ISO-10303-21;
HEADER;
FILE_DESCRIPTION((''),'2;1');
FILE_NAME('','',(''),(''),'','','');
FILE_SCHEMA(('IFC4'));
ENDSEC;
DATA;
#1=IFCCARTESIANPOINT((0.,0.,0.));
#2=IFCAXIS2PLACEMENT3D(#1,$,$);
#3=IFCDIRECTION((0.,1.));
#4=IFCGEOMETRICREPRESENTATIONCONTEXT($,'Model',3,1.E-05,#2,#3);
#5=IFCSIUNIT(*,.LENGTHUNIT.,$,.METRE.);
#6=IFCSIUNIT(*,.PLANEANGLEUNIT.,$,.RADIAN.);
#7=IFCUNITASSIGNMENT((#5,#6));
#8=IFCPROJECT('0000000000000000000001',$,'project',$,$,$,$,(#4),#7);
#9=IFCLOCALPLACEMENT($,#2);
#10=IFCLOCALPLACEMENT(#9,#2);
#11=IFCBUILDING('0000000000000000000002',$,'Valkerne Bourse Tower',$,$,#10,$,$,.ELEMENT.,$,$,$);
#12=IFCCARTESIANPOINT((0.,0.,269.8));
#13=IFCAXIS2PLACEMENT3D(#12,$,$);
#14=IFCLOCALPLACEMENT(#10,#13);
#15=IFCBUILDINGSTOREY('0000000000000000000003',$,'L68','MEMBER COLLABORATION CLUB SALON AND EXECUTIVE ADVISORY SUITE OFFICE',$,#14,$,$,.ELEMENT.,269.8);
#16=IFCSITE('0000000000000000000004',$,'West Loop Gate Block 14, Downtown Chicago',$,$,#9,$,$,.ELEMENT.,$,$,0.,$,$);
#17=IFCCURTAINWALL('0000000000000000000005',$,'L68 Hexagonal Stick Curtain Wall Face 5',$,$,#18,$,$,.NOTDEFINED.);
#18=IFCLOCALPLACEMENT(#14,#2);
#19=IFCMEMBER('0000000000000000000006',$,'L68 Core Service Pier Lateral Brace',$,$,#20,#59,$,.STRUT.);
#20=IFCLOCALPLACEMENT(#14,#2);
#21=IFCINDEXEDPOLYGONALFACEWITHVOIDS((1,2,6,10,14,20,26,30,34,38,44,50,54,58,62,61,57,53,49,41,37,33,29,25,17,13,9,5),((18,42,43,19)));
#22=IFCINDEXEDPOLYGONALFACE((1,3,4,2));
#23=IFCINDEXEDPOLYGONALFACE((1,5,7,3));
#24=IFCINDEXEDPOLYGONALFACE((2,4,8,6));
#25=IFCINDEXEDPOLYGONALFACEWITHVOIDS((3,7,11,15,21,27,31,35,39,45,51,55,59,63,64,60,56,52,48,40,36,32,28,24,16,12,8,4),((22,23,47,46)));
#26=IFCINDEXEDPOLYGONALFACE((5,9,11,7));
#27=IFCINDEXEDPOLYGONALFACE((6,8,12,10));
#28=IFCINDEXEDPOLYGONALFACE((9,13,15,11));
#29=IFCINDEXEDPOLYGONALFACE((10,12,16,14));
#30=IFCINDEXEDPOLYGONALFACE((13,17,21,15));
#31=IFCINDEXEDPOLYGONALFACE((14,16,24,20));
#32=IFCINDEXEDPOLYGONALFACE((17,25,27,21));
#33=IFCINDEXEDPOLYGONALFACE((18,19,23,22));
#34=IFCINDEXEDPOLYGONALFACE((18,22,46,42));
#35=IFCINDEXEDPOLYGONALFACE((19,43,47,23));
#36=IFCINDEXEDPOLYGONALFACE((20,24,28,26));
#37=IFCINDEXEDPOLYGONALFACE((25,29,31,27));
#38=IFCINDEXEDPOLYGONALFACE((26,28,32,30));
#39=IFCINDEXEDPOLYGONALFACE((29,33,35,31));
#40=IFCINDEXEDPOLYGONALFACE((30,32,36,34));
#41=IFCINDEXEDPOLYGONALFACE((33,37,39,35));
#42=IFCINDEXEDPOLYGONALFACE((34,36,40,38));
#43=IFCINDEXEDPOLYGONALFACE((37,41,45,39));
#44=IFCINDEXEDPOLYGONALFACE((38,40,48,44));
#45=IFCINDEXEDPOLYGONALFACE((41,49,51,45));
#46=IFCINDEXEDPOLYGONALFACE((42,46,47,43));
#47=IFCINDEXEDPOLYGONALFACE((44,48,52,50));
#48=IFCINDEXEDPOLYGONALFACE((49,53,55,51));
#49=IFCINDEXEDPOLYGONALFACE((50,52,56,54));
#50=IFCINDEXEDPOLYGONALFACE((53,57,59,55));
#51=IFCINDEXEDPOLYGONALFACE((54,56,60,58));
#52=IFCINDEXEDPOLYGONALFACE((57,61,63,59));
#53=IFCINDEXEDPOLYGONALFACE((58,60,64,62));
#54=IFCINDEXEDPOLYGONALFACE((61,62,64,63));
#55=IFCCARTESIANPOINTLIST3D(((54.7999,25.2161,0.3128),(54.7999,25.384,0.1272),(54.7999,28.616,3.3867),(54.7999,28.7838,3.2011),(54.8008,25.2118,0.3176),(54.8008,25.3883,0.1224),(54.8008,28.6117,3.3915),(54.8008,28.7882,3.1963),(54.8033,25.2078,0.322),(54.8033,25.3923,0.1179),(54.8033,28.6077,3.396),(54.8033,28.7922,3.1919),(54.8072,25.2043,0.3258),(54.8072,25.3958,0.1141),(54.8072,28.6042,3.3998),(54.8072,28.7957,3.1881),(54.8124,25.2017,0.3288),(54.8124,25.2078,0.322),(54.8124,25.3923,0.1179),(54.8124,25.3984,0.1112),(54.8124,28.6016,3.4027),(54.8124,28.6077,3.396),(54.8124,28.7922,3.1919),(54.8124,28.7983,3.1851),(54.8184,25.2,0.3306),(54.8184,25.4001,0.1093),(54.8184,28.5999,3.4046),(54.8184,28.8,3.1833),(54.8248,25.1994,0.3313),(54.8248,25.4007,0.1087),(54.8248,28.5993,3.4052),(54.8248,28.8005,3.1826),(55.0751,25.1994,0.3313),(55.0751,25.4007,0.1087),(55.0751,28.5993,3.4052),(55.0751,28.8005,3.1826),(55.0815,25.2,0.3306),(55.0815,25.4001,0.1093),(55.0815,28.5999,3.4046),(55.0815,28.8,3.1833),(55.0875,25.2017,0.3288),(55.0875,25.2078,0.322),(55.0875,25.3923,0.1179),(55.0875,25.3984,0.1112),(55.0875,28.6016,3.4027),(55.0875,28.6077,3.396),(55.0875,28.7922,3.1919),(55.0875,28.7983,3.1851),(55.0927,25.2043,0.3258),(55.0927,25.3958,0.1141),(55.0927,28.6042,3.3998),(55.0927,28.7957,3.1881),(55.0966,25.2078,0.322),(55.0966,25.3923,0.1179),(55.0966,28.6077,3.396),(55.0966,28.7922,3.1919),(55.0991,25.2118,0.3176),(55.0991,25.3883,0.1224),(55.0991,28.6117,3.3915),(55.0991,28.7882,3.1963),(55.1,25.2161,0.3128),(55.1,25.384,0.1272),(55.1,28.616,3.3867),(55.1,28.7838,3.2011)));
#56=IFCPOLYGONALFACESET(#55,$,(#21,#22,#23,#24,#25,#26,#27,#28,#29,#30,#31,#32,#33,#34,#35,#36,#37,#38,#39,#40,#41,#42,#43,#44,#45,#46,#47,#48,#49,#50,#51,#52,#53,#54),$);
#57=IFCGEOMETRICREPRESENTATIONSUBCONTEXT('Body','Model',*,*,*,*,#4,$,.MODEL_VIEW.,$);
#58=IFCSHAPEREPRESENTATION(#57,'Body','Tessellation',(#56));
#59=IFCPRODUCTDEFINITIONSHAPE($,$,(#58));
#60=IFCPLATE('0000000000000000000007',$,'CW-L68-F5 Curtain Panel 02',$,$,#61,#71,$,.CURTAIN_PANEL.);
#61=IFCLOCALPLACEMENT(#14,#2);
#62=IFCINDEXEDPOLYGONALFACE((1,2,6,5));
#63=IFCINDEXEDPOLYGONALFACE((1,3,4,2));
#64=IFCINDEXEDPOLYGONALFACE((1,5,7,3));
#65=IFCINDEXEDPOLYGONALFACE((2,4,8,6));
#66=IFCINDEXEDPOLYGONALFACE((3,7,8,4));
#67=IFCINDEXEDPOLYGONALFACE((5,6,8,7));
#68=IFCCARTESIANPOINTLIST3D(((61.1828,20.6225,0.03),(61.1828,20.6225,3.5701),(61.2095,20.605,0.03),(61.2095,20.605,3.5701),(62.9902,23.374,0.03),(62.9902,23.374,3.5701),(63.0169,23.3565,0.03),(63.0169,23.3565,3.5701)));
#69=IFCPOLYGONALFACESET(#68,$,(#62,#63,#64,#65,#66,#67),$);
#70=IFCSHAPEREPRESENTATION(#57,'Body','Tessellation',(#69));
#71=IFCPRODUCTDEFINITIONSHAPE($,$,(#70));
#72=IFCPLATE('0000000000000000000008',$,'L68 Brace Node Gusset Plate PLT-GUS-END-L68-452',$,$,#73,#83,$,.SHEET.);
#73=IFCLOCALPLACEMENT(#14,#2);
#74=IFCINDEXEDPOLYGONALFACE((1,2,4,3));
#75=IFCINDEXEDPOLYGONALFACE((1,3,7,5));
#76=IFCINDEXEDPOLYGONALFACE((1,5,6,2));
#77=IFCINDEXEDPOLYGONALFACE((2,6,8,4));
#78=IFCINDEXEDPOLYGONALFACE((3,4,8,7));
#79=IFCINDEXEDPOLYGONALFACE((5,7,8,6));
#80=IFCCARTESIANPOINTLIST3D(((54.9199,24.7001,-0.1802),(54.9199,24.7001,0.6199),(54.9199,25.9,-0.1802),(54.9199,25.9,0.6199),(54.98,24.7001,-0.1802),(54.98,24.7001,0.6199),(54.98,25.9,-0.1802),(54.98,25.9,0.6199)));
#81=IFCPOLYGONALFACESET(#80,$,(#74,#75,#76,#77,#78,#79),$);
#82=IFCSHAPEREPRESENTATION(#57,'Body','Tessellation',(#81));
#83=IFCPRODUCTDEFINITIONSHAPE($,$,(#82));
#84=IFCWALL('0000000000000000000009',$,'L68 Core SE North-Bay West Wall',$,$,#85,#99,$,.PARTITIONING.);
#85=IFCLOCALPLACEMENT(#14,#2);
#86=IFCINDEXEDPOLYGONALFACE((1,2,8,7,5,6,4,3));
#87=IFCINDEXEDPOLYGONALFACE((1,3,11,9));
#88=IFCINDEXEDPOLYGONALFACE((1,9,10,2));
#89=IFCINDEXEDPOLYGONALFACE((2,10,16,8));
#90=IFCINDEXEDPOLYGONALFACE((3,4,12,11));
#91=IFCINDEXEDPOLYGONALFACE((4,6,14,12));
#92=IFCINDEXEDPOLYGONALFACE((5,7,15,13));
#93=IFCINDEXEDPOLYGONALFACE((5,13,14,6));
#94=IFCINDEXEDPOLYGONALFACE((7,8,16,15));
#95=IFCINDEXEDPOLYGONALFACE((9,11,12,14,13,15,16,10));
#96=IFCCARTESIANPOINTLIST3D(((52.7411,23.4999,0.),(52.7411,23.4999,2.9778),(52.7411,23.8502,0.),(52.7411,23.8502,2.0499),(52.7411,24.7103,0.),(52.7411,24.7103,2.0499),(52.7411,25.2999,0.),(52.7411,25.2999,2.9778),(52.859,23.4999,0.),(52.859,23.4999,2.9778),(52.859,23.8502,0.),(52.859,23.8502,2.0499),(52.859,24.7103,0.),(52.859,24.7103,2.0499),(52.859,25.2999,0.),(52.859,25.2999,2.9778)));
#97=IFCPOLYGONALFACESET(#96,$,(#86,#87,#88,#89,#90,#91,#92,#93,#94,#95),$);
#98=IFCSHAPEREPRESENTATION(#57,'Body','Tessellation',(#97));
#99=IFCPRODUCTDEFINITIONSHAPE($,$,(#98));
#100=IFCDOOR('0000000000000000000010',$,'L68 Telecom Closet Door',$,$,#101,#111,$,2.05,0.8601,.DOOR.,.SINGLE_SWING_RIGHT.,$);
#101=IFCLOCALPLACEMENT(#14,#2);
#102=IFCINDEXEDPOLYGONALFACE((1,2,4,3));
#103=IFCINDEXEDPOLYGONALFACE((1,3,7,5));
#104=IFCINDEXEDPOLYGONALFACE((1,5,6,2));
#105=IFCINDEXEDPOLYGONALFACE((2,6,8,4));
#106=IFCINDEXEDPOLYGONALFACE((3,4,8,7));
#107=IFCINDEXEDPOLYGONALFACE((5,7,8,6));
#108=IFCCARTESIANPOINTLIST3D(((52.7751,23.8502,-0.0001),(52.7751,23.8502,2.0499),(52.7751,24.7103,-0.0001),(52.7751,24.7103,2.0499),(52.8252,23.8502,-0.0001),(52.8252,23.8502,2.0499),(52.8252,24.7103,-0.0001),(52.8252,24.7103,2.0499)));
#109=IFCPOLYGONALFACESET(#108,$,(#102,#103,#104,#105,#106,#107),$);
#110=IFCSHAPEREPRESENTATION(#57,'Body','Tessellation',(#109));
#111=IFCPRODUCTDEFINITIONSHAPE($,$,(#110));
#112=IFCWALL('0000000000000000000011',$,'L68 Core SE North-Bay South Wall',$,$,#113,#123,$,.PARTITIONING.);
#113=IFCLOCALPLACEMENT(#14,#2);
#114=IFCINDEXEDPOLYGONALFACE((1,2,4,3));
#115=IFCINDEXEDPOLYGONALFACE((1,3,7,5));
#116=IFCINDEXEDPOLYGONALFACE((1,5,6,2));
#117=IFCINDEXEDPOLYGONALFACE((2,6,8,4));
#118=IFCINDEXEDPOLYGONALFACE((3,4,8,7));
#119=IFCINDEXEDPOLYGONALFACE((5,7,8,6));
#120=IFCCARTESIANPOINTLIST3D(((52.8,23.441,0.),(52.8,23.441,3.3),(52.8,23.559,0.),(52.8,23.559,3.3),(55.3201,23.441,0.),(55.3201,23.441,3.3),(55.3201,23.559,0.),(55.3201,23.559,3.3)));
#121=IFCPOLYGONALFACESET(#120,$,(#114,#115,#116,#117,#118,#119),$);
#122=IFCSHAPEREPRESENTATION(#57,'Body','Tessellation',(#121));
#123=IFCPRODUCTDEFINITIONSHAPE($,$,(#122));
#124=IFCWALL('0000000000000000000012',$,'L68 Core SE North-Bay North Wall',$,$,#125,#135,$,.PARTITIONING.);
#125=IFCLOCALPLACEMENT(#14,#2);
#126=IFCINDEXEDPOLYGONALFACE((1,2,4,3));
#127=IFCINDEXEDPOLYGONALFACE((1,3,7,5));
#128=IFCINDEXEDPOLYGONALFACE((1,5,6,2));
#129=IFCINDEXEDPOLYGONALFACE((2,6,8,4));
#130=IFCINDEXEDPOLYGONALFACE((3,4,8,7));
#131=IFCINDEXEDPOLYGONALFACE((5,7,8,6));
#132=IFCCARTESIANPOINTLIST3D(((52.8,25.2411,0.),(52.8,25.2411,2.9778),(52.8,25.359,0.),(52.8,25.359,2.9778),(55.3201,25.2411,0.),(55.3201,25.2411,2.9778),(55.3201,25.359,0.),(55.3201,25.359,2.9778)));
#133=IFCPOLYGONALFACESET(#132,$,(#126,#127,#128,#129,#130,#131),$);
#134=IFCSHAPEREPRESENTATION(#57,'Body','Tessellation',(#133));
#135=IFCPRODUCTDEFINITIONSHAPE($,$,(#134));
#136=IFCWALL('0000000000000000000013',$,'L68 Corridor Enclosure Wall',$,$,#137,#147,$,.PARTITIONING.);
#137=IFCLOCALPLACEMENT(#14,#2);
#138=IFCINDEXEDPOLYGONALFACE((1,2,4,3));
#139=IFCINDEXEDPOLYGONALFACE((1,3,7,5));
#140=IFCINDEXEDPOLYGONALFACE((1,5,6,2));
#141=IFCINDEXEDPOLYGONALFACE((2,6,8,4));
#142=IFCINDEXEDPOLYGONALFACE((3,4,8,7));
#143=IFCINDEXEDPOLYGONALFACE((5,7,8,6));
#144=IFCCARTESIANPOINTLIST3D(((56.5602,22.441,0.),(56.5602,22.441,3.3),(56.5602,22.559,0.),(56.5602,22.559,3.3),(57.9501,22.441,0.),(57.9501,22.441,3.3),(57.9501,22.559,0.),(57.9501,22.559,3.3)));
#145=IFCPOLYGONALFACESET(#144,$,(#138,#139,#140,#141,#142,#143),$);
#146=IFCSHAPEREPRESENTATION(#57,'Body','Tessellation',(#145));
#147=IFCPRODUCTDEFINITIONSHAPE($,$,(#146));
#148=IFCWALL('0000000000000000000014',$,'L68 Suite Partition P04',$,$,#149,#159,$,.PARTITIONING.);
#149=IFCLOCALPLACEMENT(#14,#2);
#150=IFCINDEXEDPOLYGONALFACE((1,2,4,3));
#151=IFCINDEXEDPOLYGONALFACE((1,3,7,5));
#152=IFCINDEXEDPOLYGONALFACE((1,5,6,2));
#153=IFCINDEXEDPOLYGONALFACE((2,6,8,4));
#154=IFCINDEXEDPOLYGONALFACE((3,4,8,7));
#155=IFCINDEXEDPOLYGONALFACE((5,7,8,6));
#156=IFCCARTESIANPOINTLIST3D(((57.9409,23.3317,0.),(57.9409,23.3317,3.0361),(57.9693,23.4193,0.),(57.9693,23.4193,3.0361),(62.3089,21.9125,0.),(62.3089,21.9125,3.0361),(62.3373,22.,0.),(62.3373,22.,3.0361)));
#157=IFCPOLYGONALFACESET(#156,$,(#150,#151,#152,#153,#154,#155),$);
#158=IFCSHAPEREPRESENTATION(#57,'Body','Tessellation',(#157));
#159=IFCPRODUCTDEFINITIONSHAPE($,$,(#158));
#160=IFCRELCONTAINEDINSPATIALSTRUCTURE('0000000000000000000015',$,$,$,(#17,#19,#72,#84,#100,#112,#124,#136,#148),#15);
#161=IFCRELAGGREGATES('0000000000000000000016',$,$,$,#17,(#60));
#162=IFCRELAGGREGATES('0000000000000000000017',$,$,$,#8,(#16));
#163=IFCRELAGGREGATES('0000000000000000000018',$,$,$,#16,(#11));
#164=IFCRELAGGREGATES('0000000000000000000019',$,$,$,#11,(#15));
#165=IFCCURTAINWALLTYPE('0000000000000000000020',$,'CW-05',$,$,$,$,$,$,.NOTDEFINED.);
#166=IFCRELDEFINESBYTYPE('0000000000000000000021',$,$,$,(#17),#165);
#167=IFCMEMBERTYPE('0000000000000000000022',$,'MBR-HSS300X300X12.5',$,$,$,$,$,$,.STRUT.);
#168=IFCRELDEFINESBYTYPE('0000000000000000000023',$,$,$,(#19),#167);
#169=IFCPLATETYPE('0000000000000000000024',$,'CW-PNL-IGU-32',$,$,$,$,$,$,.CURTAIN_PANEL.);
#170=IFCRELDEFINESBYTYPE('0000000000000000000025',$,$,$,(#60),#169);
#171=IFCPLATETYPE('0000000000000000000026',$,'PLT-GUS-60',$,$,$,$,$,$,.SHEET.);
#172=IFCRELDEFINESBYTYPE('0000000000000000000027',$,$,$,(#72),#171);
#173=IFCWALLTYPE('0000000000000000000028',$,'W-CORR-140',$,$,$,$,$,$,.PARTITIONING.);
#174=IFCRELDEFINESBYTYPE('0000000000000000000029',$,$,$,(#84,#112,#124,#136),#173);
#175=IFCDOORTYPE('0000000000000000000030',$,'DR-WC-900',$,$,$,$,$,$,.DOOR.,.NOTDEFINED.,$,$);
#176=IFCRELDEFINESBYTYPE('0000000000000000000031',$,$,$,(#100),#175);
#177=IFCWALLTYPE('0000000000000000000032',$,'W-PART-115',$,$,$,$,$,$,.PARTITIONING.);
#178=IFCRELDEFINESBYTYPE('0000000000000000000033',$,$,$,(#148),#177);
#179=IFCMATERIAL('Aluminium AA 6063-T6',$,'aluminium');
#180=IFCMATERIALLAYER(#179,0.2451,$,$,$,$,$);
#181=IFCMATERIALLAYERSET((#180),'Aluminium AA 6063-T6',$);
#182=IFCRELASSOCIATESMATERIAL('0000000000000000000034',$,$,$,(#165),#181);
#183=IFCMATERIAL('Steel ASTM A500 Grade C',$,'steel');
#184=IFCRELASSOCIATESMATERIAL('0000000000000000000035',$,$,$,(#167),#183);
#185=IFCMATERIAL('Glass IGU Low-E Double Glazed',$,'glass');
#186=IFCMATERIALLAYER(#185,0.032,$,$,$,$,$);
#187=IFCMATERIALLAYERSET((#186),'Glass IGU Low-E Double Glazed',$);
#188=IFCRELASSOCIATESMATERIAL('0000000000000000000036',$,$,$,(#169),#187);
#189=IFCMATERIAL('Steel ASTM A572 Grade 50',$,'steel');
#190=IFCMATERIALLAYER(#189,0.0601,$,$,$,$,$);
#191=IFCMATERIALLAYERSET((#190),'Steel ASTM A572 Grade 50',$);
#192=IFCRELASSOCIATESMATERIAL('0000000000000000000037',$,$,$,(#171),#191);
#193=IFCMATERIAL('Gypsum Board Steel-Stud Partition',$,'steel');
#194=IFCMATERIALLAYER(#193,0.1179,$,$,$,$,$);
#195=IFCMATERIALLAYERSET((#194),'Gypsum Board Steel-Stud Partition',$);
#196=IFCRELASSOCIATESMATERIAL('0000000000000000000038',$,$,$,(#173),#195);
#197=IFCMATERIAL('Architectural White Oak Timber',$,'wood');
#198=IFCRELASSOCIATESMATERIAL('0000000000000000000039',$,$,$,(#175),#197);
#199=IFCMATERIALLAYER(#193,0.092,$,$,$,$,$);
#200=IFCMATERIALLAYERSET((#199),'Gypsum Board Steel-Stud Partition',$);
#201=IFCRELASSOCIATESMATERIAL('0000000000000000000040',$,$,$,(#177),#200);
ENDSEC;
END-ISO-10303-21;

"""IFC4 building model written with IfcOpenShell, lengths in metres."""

from ifc_helpers import new_model, si_unit, direction, frame, frame_2d, origin, origin_2d, place, context, subcontext, project, spatial, rectangle, hollow_rectangle, extrude, material, layer, layer_set, material_profile, profile_set, type_object, element, fill, aggregate, save


model = new_model("IFC4")

# Units and contexts
model_context = context("Model", 3, precision=1e-05, world=origin(), true_north=direction((0.0, 1.0)))
body_context = subcontext(model_context, "Body", "Model", "MODEL_VIEW")
ifc_project = project(units=[si_unit("LENGTHUNIT", "METRE"), si_unit("PLANEANGLEUNIT", "RADIAN")], contexts=[model_context])

# Site, building, storey
site_placement = place(None, origin())
site = spatial("IfcSite", under=ifc_project, at=site_placement, Name="West Loop Gate Block 14, Downtown Chicago", CompositionType="ELEMENT", RefElevation=0.0)
building_placement = place(site_placement, origin())
building = spatial("IfcBuilding", under=site, at=building_placement, Name="Valkerne Bourse Tower", CompositionType="ELEMENT")
storey_placement = place(building_placement, frame((0.0, 0.0, 269.8)))
storey = spatial("IfcBuildingStorey", under=building, at=storey_placement, Name="L68", Description="MEMBER COLLABORATION CLUB SALON AND EXECUTIVE ADVISORY SUITE OFFICE", CompositionType="ELEMENT", Elevation=269.8)

# Shared definitions
ifc_material_1 = material(Name="Steel ASTM A500 Grade C", Category="steel")

# Curtain wall
ifc_material_2 = material(Name="Aluminium AA 6063-T6", Category="aluminium")
ifc_layer_1 = layer(ifc_material_2, 0.2451)
ifc_layer_set_1 = layer_set([ifc_layer_1], Name="Aluminium AA 6063-T6")
curtain_wall_type = type_object("IfcCurtainWallType", Name="CW-05", PredefinedType="NOTDEFINED", material=ifc_layer_set_1)
curtain_wall_placement = place(storey_placement, origin())
curtain_wall = element("IfcCurtainWall", 1, at=curtain_wall_placement, inside=storey, type_object=curtain_wall_type, Name="L68 Hexagonal Stick Curtain Wall Face 5", PredefinedType="NOTDEFINED")

# Member
ifc_material_profile_1 = material_profile(ifc_material_1, hollow_rectangle(XDim=0.3, YDim=0.3, WallThickness=0.0125, OuterFilletRadius=0.0249, at=origin_2d()), Name="HSS300X300X12.5")
ifc_profile_set_1 = profile_set([ifc_material_profile_1], Name="Steel ASTM A500 Grade C")
member_type_1 = type_object("IfcMemberType", Name="MBR-HSS300X300X12.5", PredefinedType="STRUT", material=ifc_profile_set_1)
member_1_placement = place(storey_placement, frame((54.95, 25.3, 0.22), z_axis=(0.0, 0.741767, 0.670658), x_axis=(-1.0, 0.0, 0.0)))
element("IfcMember", 2, at=member_1_placement, inside=storey, type_object=member_type_1, Name="L68 Core Service Pier Lateral Brace", PredefinedType="STRUT", context=body_context, shape_type="SweptSolid", body=[
    extrude(hollow_rectangle(XDim=0.3, YDim=0.3, WallThickness=0.0125, OuterFilletRadius=0.0249, at=origin_2d()), origin(), (0.0, 0.0, 1.0), 4.5835),
])

# Plates
ifc_material_3 = material(Name="Glass IGU Low-E Double Glazed", Category="glass")
ifc_layer_2 = layer(ifc_material_3, 0.032)
ifc_layer_set_2 = layer_set([ifc_layer_2], Name="Glass IGU Low-E Double Glazed")
plate_type_1 = type_object("IfcPlateType", Name="CW-PNL-IGU-32", PredefinedType="CURTAIN_PANEL", material=ifc_layer_set_2)
plate_1_placement = place(storey_placement, frame((62.0999, 21.9895, 0.03), z_axis=(0.0, 0.0, 1.0), x_axis=(0.549011, 0.835815, 0.0)))
plate_1 = element("IfcPlate", 3, at=plate_1_placement, type_object=plate_type_1, Name="CW-L68-F5 Curtain Panel 02", PredefinedType="CURTAIN_PANEL", context=body_context, shape_type="SweptSolid", body=[
    extrude(rectangle(XDim=3.292, YDim=0.032, at=origin_2d()), origin(), (0.0, 0.0, 1.0), 3.54),
])
aggregate(curtain_wall, [plate_1])
ifc_material_4 = material(Name="Steel ASTM A572 Grade 50", Category="steel")
ifc_layer_3 = layer(ifc_material_4, 0.0601)
ifc_layer_set_3 = layer_set([ifc_layer_3], Name="Steel ASTM A572 Grade 50")
plate_type_2 = type_object("IfcPlateType", Name="PLT-GUS-60", PredefinedType="SHEET", material=ifc_layer_set_3)
plate_2_placement = place(storey_placement, frame((54.95, 25.3, -0.1802), z_axis=(0.0, 0.0, 1.0), x_axis=(0.0, 1.0, 0.0)))
element("IfcPlate", 4, at=plate_2_placement, inside=storey, type_object=plate_type_2, Name="L68 Brace Node Gusset Plate PLT-GUS-END-L68-452", PredefinedType="SHEET", context=body_context, shape_type="SweptSolid", body=[
    extrude(rectangle(XDim=1.2, YDim=0.0601, at=origin_2d()), origin(), (0.0, 0.0, 1.0), 0.8),
])

# Wall, opening, door
ifc_material_5 = material(Name="Gypsum Board Steel-Stud Partition", Category="steel")
ifc_layer_4 = layer(ifc_material_5, 0.1179)
ifc_layer_set_4 = layer_set([ifc_layer_4], Name="Gypsum Board Steel-Stud Partition")
wall_type_1 = type_object("IfcWallType", Name="W-CORR-140", PredefinedType="PARTITIONING", material=ifc_layer_set_4)
wall_1_placement = place(storey_placement, frame((52.8, 23.5, 0.0), z_axis=(0.0, 0.0, 1.0), x_axis=(0.0, 1.0, 0.0)))
wall_1 = element("IfcWall", 5, at=wall_1_placement, inside=storey, type_object=wall_type_1, Name="L68 Core SE North-Bay West Wall", PredefinedType="PARTITIONING", context=body_context, shape_type="SweptSolid", body=[
    extrude(rectangle(XDim=1.8, YDim=0.1179, at=frame_2d((0.8999, 0.0))), origin(), (0.0, 0.0, 1.0), 2.9778),
])
opening_placement = place(wall_1_placement, frame((0.3501, 0.0, 0.0)))
opening = element("IfcOpeningElement", 6, at=opening_placement, cuts=wall_1, PredefinedType="OPENING", context=body_context, shape_type="SweptSolid", body=[
    extrude(rectangle(XDim=0.8601, YDim=2.05, at=frame_2d((0.4302, 1.0249))), frame((0.0, 0.0688, 0.0), z_axis=(0.0, -1.0, 0.0), x_axis=(1.0, 0.0, 0.0)), (0.0, 0.0, 1.0), 0.1379),
])
ifc_material_6 = material(Name="Architectural White Oak Timber", Category="wood")
door_type = type_object("IfcDoorType", Name="DR-WC-900", OperationType="NOTDEFINED", PredefinedType="DOOR", material=ifc_material_6)
door_placement = place(opening_placement, origin())
door = element("IfcDoor", 7, at=door_placement, inside=storey, type_object=door_type, Name="L68 Telecom Closet Door", OperationType="SINGLE_SWING_RIGHT", OverallHeight=2.05, OverallWidth=0.8601, PredefinedType="DOOR", context=body_context, shape_type="SweptSolid", body=[
    extrude(rectangle(XDim=0.8601, YDim=2.05, at=frame_2d((0.4302, 1.0249))), frame((0.0, 0.0249, 0.0), z_axis=(0.0, -1.0, 0.0), x_axis=(1.0, 0.0, 0.0)), (0.0, 0.0, 1.0), 0.05),
])
fill(opening, door)

# Walls
wall_2_placement = place(storey_placement, frame((52.8, 23.5, 0.0), z_axis=(0.0, 0.0, 1.0), x_axis=(1.0, 0.0, 0.0)))
element("IfcWall", 8, at=wall_2_placement, inside=storey, type_object=wall_type_1, Name="L68 Core SE North-Bay South Wall", PredefinedType="PARTITIONING", context=body_context, shape_type="SweptSolid", body=[
    extrude(rectangle(XDim=2.52, YDim=0.1179, at=frame_2d((1.26, 0.0))), origin(), (0.0, 0.0, 1.0), 3.3),
])
wall_3_placement = place(storey_placement, frame((52.8, 25.3, 0.0), z_axis=(0.0, 0.0, 1.0), x_axis=(1.0, 0.0, 0.0)))
element("IfcWall", 9, at=wall_3_placement, inside=storey, type_object=wall_type_1, Name="L68 Core SE North-Bay North Wall", PredefinedType="PARTITIONING", context=body_context, shape_type="SweptSolid", body=[
    extrude(rectangle(XDim=2.52, YDim=0.1179, at=frame_2d((1.26, 0.0))), origin(), (0.0, 0.0, 1.0), 2.9778),
])
wall_4_placement = place(storey_placement, frame((57.95, 22.5, 0.0), z_axis=(0.0, 0.0, 1.0), x_axis=(-1.0, 0.0, 0.0)))
element("IfcWall", 10, at=wall_4_placement, inside=storey, type_object=wall_type_1, Name="L68 Corridor Enclosure Wall", PredefinedType="PARTITIONING", context=body_context, shape_type="SweptSolid", body=[
    extrude(rectangle(XDim=1.3899, YDim=0.1179, at=frame_2d((0.6948, 0.0))), origin(), (0.0, 0.0, 1.0), 3.3),
])
ifc_layer_5 = layer(ifc_material_5, 0.092)
ifc_layer_set_5 = layer_set([ifc_layer_5], Name="Gypsum Board Steel-Stud Partition")
wall_type_2 = type_object("IfcWallType", Name="W-PART-115", PredefinedType="PARTITIONING", material=ifc_layer_set_5)
wall_5_placement = place(storey_placement, frame((57.9551, 23.3755, 0.0), z_axis=(0.0, 0.0, 1.0), x_axis=(0.951059, -0.30901, 0.0)))
element("IfcWall", 11, at=wall_5_placement, inside=storey, type_object=wall_type_2, Name="L68 Suite Partition P04", PredefinedType="PARTITIONING", context=body_context, shape_type="SweptSolid", body=[
    extrude(rectangle(XDim=4.5928, YDim=0.092, at=frame_2d((2.2964, 0.0))), origin(), (0.0, 0.0, 1.0), 3.0361),
])

save(model, "model.ifc")
